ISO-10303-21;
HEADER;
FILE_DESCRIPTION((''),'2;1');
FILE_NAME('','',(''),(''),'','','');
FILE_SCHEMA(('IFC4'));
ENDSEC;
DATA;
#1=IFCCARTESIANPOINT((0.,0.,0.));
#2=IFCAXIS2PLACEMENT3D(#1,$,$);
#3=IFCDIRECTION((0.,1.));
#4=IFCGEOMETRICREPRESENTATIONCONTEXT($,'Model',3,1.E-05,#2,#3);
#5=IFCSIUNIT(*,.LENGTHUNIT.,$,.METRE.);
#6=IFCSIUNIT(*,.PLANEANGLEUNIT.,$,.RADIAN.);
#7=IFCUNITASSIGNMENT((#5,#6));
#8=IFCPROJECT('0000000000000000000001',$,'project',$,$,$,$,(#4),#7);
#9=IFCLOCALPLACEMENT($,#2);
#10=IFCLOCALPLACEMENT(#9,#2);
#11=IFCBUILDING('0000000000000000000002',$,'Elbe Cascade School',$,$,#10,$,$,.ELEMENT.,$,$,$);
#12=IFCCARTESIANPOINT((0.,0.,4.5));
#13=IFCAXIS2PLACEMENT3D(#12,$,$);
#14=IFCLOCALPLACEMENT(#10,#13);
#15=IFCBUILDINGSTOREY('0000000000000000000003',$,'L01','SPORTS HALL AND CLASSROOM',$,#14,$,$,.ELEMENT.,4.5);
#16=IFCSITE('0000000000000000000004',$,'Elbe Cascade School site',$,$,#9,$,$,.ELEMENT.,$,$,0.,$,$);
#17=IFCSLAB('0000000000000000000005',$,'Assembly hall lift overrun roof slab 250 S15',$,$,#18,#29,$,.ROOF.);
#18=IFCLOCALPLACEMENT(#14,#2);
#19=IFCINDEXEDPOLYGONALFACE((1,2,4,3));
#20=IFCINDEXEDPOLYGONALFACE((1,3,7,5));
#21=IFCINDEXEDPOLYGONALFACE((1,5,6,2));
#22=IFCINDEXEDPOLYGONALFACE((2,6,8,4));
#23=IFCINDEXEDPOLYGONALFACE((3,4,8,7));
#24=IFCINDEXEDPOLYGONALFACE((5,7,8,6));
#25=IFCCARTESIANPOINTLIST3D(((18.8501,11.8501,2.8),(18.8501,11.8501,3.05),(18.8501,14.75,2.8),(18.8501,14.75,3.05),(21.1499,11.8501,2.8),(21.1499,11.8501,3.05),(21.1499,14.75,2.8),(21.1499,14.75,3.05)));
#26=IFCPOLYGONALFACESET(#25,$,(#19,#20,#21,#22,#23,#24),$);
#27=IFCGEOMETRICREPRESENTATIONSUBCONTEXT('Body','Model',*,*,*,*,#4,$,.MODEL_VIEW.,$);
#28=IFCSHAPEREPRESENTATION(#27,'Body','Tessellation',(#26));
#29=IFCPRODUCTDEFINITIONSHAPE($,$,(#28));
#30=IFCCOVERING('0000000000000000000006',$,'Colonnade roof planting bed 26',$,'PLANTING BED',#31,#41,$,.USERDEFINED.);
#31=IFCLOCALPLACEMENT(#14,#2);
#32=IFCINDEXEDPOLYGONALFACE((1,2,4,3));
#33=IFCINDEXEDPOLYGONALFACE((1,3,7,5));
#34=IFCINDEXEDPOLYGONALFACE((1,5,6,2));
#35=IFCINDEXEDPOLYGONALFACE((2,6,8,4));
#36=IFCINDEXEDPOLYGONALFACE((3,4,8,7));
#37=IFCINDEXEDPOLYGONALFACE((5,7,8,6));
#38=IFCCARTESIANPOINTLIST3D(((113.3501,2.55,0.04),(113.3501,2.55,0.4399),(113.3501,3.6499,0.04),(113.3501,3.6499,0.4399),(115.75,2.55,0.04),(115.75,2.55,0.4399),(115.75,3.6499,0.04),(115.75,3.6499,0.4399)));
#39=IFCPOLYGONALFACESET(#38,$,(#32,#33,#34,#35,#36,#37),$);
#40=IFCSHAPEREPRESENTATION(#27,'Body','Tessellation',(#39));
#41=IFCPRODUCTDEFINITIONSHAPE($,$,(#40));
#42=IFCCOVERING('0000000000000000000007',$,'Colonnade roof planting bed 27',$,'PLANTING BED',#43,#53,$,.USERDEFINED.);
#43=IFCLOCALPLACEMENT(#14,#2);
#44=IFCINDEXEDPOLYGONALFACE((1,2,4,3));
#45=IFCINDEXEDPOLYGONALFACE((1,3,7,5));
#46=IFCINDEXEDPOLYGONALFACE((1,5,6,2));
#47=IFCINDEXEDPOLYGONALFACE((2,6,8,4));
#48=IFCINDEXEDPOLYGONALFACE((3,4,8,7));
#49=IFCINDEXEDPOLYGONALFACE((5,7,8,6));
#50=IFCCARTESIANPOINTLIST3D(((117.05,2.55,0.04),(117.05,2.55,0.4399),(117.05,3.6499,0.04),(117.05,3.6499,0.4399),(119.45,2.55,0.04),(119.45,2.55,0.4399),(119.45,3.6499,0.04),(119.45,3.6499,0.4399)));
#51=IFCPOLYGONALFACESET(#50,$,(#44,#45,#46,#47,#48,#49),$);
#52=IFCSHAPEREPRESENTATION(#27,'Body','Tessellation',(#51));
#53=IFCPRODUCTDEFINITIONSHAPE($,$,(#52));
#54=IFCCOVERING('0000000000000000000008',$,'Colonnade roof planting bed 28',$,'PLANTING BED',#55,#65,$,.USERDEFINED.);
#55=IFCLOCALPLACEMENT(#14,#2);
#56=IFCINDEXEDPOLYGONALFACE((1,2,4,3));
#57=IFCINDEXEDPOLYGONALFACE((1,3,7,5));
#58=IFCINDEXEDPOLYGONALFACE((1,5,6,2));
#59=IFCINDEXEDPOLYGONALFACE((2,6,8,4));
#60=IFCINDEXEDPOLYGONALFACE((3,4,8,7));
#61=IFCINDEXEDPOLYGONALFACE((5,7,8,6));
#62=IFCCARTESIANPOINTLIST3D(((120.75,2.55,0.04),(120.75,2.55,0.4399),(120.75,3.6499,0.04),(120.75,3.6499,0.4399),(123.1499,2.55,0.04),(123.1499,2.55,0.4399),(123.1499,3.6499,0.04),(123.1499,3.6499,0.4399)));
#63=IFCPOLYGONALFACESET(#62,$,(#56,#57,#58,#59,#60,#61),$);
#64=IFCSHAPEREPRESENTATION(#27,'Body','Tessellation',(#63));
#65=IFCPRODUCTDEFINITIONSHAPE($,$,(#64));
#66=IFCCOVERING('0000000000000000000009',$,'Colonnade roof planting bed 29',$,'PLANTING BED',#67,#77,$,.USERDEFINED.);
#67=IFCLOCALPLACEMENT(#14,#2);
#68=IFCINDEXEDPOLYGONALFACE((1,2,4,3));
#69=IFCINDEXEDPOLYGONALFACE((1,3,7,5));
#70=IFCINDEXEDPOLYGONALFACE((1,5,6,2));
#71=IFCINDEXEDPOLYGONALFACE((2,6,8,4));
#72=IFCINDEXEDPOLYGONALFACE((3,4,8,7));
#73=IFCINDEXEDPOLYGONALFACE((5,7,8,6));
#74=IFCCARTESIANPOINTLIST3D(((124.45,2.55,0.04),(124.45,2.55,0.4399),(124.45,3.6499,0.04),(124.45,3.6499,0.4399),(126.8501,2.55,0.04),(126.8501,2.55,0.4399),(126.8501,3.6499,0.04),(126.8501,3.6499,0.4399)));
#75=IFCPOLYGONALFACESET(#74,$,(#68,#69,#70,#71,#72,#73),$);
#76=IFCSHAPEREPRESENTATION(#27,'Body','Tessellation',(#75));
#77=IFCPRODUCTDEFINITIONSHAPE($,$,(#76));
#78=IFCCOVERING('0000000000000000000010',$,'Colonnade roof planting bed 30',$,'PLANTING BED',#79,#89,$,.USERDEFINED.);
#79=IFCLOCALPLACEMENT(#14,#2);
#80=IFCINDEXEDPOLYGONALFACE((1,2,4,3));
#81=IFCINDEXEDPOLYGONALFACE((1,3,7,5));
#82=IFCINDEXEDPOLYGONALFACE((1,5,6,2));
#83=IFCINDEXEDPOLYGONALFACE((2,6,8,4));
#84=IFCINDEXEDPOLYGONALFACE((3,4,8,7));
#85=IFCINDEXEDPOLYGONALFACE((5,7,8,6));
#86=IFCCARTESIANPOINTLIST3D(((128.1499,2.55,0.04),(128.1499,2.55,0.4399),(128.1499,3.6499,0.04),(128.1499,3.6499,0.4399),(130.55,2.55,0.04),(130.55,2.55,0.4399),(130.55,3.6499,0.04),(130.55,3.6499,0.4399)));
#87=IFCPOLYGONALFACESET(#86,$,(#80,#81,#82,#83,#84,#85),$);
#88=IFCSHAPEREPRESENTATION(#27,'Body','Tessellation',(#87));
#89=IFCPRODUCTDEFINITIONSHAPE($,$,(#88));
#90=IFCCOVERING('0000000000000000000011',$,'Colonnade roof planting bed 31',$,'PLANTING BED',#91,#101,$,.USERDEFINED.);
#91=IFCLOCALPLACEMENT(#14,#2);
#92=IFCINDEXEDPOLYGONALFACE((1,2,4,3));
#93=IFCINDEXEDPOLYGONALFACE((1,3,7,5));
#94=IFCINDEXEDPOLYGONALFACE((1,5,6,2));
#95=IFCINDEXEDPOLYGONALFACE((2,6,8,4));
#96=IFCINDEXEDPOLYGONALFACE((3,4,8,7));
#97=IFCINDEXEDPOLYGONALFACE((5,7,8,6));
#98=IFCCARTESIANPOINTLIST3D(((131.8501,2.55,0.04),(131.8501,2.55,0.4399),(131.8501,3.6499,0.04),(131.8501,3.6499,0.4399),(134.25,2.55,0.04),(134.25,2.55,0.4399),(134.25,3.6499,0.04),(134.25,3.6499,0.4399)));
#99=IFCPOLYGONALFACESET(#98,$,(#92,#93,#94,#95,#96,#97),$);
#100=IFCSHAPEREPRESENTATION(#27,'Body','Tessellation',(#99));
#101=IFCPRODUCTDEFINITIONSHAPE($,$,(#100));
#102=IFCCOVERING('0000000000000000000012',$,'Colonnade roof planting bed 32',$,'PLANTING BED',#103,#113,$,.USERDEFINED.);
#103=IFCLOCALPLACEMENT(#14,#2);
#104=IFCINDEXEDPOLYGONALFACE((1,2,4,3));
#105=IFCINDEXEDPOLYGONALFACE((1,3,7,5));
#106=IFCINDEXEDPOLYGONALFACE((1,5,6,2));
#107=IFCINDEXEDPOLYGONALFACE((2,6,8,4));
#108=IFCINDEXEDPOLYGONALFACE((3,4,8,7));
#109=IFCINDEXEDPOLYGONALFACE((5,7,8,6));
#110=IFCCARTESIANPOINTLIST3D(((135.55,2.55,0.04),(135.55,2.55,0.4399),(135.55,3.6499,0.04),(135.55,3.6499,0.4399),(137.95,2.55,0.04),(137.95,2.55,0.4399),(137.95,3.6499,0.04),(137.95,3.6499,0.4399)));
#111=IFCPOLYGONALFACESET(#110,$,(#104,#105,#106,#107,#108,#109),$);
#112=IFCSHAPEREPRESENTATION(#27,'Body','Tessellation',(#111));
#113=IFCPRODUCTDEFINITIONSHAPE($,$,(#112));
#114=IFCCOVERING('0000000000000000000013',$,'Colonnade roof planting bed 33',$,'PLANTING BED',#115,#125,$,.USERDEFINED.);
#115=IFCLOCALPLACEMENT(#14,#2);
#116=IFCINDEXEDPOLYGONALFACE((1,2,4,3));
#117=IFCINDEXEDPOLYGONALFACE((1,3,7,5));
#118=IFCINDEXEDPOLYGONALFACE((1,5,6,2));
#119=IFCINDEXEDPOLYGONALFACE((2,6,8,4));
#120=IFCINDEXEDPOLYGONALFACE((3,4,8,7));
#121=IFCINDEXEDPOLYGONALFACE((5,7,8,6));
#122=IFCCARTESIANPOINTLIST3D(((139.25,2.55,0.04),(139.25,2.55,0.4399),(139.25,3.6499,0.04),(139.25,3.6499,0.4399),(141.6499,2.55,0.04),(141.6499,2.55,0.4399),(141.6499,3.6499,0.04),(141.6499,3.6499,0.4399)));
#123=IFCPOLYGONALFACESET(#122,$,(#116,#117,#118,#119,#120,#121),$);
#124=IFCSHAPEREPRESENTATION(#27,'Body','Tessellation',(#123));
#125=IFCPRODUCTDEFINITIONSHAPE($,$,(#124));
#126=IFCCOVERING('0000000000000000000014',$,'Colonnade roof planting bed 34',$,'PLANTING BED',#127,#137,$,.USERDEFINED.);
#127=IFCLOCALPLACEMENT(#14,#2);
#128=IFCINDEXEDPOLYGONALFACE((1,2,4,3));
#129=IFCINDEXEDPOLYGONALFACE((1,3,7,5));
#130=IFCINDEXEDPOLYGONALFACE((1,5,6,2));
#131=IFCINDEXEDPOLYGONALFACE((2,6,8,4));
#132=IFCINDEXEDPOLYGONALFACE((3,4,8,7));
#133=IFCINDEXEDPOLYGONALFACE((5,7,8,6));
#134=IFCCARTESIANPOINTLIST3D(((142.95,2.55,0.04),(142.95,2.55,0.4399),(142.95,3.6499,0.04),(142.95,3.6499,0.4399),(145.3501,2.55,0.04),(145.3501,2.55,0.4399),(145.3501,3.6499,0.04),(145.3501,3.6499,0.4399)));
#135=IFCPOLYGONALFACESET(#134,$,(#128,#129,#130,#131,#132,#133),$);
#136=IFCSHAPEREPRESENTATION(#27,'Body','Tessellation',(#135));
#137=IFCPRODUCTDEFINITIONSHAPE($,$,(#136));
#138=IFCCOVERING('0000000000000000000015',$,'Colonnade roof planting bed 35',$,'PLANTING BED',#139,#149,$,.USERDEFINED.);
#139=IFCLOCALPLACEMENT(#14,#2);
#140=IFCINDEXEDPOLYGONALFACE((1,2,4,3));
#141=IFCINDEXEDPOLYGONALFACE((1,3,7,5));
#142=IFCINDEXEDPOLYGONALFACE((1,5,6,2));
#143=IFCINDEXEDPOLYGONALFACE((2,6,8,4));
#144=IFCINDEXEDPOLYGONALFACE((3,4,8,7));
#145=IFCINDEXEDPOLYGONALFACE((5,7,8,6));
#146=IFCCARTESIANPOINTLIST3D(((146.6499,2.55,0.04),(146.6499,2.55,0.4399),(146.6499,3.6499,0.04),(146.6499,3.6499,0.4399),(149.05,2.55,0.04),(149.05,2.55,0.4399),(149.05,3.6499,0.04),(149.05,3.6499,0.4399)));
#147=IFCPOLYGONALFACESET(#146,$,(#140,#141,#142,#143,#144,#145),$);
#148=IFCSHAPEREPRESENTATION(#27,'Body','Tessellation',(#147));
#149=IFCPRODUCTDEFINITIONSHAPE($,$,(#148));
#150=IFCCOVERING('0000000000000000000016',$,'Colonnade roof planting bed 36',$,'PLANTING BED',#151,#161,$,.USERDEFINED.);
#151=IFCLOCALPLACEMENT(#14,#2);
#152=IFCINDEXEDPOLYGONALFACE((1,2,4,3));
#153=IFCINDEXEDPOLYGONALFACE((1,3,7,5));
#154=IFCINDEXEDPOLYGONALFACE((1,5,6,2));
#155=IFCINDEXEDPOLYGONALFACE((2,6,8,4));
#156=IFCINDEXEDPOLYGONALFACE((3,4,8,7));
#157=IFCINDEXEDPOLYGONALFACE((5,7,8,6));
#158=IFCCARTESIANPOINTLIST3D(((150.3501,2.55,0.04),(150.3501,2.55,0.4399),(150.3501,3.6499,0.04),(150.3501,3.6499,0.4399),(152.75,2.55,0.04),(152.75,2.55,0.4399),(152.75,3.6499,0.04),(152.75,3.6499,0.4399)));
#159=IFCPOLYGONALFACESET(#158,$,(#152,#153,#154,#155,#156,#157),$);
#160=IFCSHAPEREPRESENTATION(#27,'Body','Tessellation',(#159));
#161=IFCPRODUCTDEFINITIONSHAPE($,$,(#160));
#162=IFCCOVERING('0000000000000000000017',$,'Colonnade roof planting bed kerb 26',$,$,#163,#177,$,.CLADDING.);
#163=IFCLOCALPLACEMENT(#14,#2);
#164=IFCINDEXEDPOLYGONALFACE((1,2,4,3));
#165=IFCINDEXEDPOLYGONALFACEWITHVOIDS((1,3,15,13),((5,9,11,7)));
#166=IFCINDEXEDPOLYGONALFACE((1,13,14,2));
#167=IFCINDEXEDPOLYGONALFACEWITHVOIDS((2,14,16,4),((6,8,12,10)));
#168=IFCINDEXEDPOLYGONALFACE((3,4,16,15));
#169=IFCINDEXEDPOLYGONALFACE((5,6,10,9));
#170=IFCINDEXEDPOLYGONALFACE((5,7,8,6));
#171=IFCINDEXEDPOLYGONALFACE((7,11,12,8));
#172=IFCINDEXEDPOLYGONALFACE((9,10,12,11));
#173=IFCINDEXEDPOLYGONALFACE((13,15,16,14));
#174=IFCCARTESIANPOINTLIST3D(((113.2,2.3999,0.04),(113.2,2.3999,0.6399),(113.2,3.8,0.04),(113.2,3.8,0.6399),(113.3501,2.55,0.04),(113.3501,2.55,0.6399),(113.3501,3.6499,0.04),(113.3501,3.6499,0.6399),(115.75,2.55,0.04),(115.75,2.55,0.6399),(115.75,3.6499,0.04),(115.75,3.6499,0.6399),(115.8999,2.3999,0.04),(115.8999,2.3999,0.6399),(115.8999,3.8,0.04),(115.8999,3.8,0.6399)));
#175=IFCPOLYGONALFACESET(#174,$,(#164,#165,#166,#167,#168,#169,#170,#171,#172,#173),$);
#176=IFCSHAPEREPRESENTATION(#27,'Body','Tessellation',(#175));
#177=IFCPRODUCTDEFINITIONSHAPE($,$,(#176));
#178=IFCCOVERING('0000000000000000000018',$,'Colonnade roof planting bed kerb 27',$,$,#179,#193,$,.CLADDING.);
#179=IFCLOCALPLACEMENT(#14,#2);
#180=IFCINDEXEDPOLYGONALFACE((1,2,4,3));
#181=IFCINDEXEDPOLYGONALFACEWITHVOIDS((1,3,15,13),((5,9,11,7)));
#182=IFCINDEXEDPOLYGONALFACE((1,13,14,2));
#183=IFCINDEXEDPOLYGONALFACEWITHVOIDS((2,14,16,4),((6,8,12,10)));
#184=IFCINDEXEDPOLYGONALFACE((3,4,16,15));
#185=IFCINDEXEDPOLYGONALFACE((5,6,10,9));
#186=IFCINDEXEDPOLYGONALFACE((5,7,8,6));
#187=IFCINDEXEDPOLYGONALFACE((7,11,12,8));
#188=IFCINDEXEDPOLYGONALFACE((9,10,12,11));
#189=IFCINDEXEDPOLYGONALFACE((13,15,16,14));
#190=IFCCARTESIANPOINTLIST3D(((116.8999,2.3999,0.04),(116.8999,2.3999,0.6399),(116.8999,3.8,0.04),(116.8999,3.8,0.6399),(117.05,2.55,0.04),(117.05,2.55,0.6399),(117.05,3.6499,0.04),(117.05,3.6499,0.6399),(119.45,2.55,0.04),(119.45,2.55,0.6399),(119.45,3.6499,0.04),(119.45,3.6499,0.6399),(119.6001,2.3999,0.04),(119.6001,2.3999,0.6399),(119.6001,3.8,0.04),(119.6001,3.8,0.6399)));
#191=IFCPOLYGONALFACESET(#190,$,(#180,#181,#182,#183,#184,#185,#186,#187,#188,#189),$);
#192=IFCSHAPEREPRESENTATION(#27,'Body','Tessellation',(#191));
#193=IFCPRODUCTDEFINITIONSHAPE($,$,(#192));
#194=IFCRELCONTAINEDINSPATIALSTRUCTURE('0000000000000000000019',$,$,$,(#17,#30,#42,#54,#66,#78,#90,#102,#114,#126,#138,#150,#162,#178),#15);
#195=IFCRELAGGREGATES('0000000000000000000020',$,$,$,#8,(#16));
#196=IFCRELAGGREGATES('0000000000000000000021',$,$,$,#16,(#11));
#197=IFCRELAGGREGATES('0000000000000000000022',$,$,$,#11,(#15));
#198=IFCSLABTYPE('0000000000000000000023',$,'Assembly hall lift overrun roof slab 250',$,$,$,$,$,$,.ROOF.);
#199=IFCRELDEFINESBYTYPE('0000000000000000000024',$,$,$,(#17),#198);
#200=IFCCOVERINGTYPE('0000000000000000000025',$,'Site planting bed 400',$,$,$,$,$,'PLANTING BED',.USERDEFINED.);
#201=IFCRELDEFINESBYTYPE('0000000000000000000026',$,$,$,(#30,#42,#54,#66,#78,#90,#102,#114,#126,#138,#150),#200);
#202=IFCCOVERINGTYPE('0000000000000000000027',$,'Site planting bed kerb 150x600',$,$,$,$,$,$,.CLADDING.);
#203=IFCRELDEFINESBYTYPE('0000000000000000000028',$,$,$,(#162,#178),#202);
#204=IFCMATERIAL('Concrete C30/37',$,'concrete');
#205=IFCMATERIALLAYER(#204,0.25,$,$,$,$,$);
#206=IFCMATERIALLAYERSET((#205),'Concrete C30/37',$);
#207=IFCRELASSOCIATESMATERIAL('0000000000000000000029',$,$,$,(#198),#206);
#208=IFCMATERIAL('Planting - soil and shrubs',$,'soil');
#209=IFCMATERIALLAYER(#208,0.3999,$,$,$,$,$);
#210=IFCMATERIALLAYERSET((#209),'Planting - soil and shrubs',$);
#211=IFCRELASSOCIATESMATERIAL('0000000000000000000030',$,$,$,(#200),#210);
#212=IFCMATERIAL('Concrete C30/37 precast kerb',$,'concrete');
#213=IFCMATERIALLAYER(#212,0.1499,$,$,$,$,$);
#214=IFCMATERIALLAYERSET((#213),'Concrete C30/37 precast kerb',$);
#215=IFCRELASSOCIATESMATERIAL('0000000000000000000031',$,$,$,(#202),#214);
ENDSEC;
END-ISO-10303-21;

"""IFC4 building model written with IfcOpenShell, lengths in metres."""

from ifc_helpers import new_model, si_unit, direction, frame, origin, place, context, subcontext, project, spatial, polyline, outline, extrude, material, layer, layer_set, type_object, element, save


model = new_model("IFC4")

# Units and contexts
model_context = context("Model", 3, precision=1e-05, world=origin(), true_north=direction((0.0, 1.0)))
body_context = subcontext(model_context, "Body", "Model", "MODEL_VIEW")
ifc_project = project(units=[si_unit("LENGTHUNIT", "METRE"), si_unit("PLANEANGLEUNIT", "RADIAN")], contexts=[model_context])

# Site, building, storey
site_placement = place(None, origin())
site = spatial("IfcSite", under=ifc_project, at=site_placement, Name="Elbe Cascade School site", CompositionType="ELEMENT", RefElevation=0.0)
building_placement = place(site_placement, origin())
building = spatial("IfcBuilding", under=site, at=building_placement, Name="Elbe Cascade School", CompositionType="ELEMENT")
storey_placement = place(building_placement, frame((0.0, 0.0, 4.5)))
storey = spatial("IfcBuildingStorey", under=building, at=storey_placement, Name="L01", Description="SPORTS HALL AND CLASSROOM", CompositionType="ELEMENT", Elevation=4.5)

# Slab
ifc_material_1 = material(Name="Concrete C30/37", Category="concrete")
ifc_layer_1 = layer(ifc_material_1, 0.25)
ifc_layer_set_1 = layer_set([ifc_layer_1], Name="Concrete C30/37")
slab_type = type_object("IfcSlabType", Name="Assembly hall lift overrun roof slab 250", PredefinedType="ROOF", material=ifc_layer_set_1)
slab_placement = place(storey_placement, frame((0.0, 0.0, 2.8)))
element("IfcSlab", 1, at=slab_placement, inside=storey, type_object=slab_type, Name="Assembly hall lift overrun roof slab 250 S15", PredefinedType="ROOF", context=body_context, shape_type="SweptSolid", body=[
    extrude(outline(polyline([(21.1499, 11.8501), (21.1499, 14.75), (18.8501, 14.75), (18.8501, 11.8501), (21.1499, 11.8501)])), origin(), (0.0, 0.0, 1.0), 0.25),
])

# Coverings
ifc_material_2 = material(Name="Planting - soil and shrubs", Category="soil")
ifc_layer_2 = layer(ifc_material_2, 0.3999)
ifc_layer_set_2 = layer_set([ifc_layer_2], Name="Planting - soil and shrubs")
covering_type_1 = type_object("IfcCoveringType", Name="Site planting bed 400", ElementType="PLANTING BED", PredefinedType="USERDEFINED", material=ifc_layer_set_2)
covering_1_placement = place(storey_placement, frame((0.0, 0.0, 0.04)))
element("IfcCovering", 2, at=covering_1_placement, inside=storey, type_object=covering_type_1, Name="Colonnade roof planting bed 26", ObjectType="PLANTING BED", PredefinedType="USERDEFINED", context=body_context, shape_type="SweptSolid", body=[
    extrude(outline(polyline([(113.3501, 2.55), (115.75, 2.55), (115.75, 3.6499), (113.3501, 3.6499), (113.3501, 2.55)])), origin(), (0.0, 0.0, 1.0), 0.3999),
])
covering_2_placement = place(storey_placement, frame((0.0, 0.0, 0.04)))
element("IfcCovering", 3, at=covering_2_placement, inside=storey, type_object=covering_type_1, Name="Colonnade roof planting bed 27", ObjectType="PLANTING BED", PredefinedType="USERDEFINED", context=body_context, shape_type="SweptSolid", body=[
    extrude(outline(polyline([(117.05, 2.55), (119.45, 2.55), (119.45, 3.6499), (117.05, 3.6499), (117.05, 2.55)])), origin(), (0.0, 0.0, 1.0), 0.3999),
])
covering_3_placement = place(storey_placement, frame((0.0, 0.0, 0.04)))
element("IfcCovering", 4, at=covering_3_placement, inside=storey, type_object=covering_type_1, Name="Colonnade roof planting bed 28", ObjectType="PLANTING BED", PredefinedType="USERDEFINED", context=body_context, shape_type="SweptSolid", body=[
    extrude(outline(polyline([(120.75, 2.55), (123.1499, 2.55), (123.1499, 3.6499), (120.75, 3.6499), (120.75, 2.55)])), origin(), (0.0, 0.0, 1.0), 0.3999),
])
covering_4_placement = place(storey_placement, frame((0.0, 0.0, 0.04)))
element("IfcCovering", 5, at=covering_4_placement, inside=storey, type_object=covering_type_1, Name="Colonnade roof planting bed 29", ObjectType="PLANTING BED", PredefinedType="USERDEFINED", context=body_context, shape_type="SweptSolid", body=[
    extrude(outline(polyline([(124.45, 2.55), (126.8501, 2.55), (126.8501, 3.6499), (124.45, 3.6499), (124.45, 2.55)])), origin(), (0.0, 0.0, 1.0), 0.3999),
])
covering_5_placement = place(storey_placement, frame((0.0, 0.0, 0.04)))
element("IfcCovering", 6, at=covering_5_placement, inside=storey, type_object=covering_type_1, Name="Colonnade roof planting bed 30", ObjectType="PLANTING BED", PredefinedType="USERDEFINED", context=body_context, shape_type="SweptSolid", body=[
    extrude(outline(polyline([(128.1499, 2.55), (130.55, 2.55), (130.55, 3.6499), (128.1499, 3.6499), (128.1499, 2.55)])), origin(), (0.0, 0.0, 1.0), 0.3999),
])
covering_6_placement = place(storey_placement, frame((0.0, 0.0, 0.04)))
element("IfcCovering", 7, at=covering_6_placement, inside=storey, type_object=covering_type_1, Name="Colonnade roof planting bed 31", ObjectType="PLANTING BED", PredefinedType="USERDEFINED", context=body_context, shape_type="SweptSolid", body=[
    extrude(outline(polyline([(131.8501, 2.55), (134.25, 2.55), (134.25, 3.6499), (131.8501, 3.6499), (131.8501, 2.55)])), origin(), (0.0, 0.0, 1.0), 0.3999),
])
covering_7_placement = place(storey_placement, frame((0.0, 0.0, 0.04)))
element("IfcCovering", 8, at=covering_7_placement, inside=storey, type_object=covering_type_1, Name="Colonnade roof planting bed 32", ObjectType="PLANTING BED", PredefinedType="USERDEFINED", context=body_context, shape_type="SweptSolid", body=[
    extrude(outline(polyline([(135.55, 2.55), (137.95, 2.55), (137.95, 3.6499), (135.55, 3.6499), (135.55, 2.55)])), origin(), (0.0, 0.0, 1.0), 0.3999),
])
covering_8_placement = place(storey_placement, frame((0.0, 0.0, 0.04)))
element("IfcCovering", 9, at=covering_8_placement, inside=storey, type_object=covering_type_1, Name="Colonnade roof planting bed 33", ObjectType="PLANTING BED", PredefinedType="USERDEFINED", context=body_context, shape_type="SweptSolid", body=[
    extrude(outline(polyline([(139.25, 2.55), (141.6499, 2.55), (141.6499, 3.6499), (139.25, 3.6499), (139.25, 2.55)])), origin(), (0.0, 0.0, 1.0), 0.3999),
])
covering_9_placement = place(storey_placement, frame((0.0, 0.0, 0.04)))
element("IfcCovering", 10, at=covering_9_placement, inside=storey, type_object=covering_type_1, Name="Colonnade roof planting bed 34", ObjectType="PLANTING BED", PredefinedType="USERDEFINED", context=body_context, shape_type="SweptSolid", body=[
    extrude(outline(polyline([(142.95, 2.55), (145.3501, 2.55), (145.3501, 3.6499), (142.95, 3.6499), (142.95, 2.55)])), origin(), (0.0, 0.0, 1.0), 0.3999),
])
covering_10_placement = place(storey_placement, frame((0.0, 0.0, 0.04)))
element("IfcCovering", 11, at=covering_10_placement, inside=storey, type_object=covering_type_1, Name="Colonnade roof planting bed 35", ObjectType="PLANTING BED", PredefinedType="USERDEFINED", context=body_context, shape_type="SweptSolid", body=[
    extrude(outline(polyline([(146.6499, 2.55), (149.05, 2.55), (149.05, 3.6499), (146.6499, 3.6499), (146.6499, 2.55)])), origin(), (0.0, 0.0, 1.0), 0.3999),
])
covering_11_placement = place(storey_placement, frame((0.0, 0.0, 0.04)))
element("IfcCovering", 12, at=covering_11_placement, inside=storey, type_object=covering_type_1, Name="Colonnade roof planting bed 36", ObjectType="PLANTING BED", PredefinedType="USERDEFINED", context=body_context, shape_type="SweptSolid", body=[
    extrude(outline(polyline([(150.3501, 2.55), (152.75, 2.55), (152.75, 3.6499), (150.3501, 3.6499), (150.3501, 2.55)])), origin(), (0.0, 0.0, 1.0), 0.3999),
])
ifc_material_3 = material(Name="Concrete C30/37 precast kerb", Category="concrete")
ifc_layer_3 = layer(ifc_material_3, 0.1499)
ifc_layer_set_3 = layer_set([ifc_layer_3], Name="Concrete C30/37 precast kerb")
covering_type_2 = type_object("IfcCoveringType", Name="Site planting bed kerb 150x600", PredefinedType="CLADDING", material=ifc_layer_set_3)
covering_12_placement = place(storey_placement, frame((0.0, 0.0, 0.04)))
element("IfcCovering", 13, at=covering_12_placement, inside=storey, type_object=covering_type_2, Name="Colonnade roof planting bed kerb 26", PredefinedType="CLADDING", context=body_context, shape_type="SweptSolid", body=[
    extrude(outline(polyline([(113.2, 2.3999), (115.8999, 2.3999), (115.8999, 3.8), (113.2, 3.8), (113.2, 2.3999)]), holes=[polyline([(113.3501, 2.55), (115.75, 2.55), (115.75, 3.6499), (113.3501, 3.6499), (113.3501, 2.55)])]), origin(), (0.0, 0.0, 1.0), 0.5999),
])
covering_13_placement = place(storey_placement, frame((0.0, 0.0, 0.04)))
element("IfcCovering", 14, at=covering_13_placement, inside=storey, type_object=covering_type_2, Name="Colonnade roof planting bed kerb 27", PredefinedType="CLADDING", context=body_context, shape_type="SweptSolid", body=[
    extrude(outline(polyline([(116.8999, 2.3999), (119.6001, 2.3999), (119.6001, 3.8), (116.8999, 3.8), (116.8999, 2.3999)]), holes=[polyline([(117.05, 2.55), (119.45, 2.55), (119.45, 3.6499), (117.05, 3.6499), (117.05, 2.55)])]), origin(), (0.0, 0.0, 1.0), 0.5999),
])

save(model, "model.ifc")
